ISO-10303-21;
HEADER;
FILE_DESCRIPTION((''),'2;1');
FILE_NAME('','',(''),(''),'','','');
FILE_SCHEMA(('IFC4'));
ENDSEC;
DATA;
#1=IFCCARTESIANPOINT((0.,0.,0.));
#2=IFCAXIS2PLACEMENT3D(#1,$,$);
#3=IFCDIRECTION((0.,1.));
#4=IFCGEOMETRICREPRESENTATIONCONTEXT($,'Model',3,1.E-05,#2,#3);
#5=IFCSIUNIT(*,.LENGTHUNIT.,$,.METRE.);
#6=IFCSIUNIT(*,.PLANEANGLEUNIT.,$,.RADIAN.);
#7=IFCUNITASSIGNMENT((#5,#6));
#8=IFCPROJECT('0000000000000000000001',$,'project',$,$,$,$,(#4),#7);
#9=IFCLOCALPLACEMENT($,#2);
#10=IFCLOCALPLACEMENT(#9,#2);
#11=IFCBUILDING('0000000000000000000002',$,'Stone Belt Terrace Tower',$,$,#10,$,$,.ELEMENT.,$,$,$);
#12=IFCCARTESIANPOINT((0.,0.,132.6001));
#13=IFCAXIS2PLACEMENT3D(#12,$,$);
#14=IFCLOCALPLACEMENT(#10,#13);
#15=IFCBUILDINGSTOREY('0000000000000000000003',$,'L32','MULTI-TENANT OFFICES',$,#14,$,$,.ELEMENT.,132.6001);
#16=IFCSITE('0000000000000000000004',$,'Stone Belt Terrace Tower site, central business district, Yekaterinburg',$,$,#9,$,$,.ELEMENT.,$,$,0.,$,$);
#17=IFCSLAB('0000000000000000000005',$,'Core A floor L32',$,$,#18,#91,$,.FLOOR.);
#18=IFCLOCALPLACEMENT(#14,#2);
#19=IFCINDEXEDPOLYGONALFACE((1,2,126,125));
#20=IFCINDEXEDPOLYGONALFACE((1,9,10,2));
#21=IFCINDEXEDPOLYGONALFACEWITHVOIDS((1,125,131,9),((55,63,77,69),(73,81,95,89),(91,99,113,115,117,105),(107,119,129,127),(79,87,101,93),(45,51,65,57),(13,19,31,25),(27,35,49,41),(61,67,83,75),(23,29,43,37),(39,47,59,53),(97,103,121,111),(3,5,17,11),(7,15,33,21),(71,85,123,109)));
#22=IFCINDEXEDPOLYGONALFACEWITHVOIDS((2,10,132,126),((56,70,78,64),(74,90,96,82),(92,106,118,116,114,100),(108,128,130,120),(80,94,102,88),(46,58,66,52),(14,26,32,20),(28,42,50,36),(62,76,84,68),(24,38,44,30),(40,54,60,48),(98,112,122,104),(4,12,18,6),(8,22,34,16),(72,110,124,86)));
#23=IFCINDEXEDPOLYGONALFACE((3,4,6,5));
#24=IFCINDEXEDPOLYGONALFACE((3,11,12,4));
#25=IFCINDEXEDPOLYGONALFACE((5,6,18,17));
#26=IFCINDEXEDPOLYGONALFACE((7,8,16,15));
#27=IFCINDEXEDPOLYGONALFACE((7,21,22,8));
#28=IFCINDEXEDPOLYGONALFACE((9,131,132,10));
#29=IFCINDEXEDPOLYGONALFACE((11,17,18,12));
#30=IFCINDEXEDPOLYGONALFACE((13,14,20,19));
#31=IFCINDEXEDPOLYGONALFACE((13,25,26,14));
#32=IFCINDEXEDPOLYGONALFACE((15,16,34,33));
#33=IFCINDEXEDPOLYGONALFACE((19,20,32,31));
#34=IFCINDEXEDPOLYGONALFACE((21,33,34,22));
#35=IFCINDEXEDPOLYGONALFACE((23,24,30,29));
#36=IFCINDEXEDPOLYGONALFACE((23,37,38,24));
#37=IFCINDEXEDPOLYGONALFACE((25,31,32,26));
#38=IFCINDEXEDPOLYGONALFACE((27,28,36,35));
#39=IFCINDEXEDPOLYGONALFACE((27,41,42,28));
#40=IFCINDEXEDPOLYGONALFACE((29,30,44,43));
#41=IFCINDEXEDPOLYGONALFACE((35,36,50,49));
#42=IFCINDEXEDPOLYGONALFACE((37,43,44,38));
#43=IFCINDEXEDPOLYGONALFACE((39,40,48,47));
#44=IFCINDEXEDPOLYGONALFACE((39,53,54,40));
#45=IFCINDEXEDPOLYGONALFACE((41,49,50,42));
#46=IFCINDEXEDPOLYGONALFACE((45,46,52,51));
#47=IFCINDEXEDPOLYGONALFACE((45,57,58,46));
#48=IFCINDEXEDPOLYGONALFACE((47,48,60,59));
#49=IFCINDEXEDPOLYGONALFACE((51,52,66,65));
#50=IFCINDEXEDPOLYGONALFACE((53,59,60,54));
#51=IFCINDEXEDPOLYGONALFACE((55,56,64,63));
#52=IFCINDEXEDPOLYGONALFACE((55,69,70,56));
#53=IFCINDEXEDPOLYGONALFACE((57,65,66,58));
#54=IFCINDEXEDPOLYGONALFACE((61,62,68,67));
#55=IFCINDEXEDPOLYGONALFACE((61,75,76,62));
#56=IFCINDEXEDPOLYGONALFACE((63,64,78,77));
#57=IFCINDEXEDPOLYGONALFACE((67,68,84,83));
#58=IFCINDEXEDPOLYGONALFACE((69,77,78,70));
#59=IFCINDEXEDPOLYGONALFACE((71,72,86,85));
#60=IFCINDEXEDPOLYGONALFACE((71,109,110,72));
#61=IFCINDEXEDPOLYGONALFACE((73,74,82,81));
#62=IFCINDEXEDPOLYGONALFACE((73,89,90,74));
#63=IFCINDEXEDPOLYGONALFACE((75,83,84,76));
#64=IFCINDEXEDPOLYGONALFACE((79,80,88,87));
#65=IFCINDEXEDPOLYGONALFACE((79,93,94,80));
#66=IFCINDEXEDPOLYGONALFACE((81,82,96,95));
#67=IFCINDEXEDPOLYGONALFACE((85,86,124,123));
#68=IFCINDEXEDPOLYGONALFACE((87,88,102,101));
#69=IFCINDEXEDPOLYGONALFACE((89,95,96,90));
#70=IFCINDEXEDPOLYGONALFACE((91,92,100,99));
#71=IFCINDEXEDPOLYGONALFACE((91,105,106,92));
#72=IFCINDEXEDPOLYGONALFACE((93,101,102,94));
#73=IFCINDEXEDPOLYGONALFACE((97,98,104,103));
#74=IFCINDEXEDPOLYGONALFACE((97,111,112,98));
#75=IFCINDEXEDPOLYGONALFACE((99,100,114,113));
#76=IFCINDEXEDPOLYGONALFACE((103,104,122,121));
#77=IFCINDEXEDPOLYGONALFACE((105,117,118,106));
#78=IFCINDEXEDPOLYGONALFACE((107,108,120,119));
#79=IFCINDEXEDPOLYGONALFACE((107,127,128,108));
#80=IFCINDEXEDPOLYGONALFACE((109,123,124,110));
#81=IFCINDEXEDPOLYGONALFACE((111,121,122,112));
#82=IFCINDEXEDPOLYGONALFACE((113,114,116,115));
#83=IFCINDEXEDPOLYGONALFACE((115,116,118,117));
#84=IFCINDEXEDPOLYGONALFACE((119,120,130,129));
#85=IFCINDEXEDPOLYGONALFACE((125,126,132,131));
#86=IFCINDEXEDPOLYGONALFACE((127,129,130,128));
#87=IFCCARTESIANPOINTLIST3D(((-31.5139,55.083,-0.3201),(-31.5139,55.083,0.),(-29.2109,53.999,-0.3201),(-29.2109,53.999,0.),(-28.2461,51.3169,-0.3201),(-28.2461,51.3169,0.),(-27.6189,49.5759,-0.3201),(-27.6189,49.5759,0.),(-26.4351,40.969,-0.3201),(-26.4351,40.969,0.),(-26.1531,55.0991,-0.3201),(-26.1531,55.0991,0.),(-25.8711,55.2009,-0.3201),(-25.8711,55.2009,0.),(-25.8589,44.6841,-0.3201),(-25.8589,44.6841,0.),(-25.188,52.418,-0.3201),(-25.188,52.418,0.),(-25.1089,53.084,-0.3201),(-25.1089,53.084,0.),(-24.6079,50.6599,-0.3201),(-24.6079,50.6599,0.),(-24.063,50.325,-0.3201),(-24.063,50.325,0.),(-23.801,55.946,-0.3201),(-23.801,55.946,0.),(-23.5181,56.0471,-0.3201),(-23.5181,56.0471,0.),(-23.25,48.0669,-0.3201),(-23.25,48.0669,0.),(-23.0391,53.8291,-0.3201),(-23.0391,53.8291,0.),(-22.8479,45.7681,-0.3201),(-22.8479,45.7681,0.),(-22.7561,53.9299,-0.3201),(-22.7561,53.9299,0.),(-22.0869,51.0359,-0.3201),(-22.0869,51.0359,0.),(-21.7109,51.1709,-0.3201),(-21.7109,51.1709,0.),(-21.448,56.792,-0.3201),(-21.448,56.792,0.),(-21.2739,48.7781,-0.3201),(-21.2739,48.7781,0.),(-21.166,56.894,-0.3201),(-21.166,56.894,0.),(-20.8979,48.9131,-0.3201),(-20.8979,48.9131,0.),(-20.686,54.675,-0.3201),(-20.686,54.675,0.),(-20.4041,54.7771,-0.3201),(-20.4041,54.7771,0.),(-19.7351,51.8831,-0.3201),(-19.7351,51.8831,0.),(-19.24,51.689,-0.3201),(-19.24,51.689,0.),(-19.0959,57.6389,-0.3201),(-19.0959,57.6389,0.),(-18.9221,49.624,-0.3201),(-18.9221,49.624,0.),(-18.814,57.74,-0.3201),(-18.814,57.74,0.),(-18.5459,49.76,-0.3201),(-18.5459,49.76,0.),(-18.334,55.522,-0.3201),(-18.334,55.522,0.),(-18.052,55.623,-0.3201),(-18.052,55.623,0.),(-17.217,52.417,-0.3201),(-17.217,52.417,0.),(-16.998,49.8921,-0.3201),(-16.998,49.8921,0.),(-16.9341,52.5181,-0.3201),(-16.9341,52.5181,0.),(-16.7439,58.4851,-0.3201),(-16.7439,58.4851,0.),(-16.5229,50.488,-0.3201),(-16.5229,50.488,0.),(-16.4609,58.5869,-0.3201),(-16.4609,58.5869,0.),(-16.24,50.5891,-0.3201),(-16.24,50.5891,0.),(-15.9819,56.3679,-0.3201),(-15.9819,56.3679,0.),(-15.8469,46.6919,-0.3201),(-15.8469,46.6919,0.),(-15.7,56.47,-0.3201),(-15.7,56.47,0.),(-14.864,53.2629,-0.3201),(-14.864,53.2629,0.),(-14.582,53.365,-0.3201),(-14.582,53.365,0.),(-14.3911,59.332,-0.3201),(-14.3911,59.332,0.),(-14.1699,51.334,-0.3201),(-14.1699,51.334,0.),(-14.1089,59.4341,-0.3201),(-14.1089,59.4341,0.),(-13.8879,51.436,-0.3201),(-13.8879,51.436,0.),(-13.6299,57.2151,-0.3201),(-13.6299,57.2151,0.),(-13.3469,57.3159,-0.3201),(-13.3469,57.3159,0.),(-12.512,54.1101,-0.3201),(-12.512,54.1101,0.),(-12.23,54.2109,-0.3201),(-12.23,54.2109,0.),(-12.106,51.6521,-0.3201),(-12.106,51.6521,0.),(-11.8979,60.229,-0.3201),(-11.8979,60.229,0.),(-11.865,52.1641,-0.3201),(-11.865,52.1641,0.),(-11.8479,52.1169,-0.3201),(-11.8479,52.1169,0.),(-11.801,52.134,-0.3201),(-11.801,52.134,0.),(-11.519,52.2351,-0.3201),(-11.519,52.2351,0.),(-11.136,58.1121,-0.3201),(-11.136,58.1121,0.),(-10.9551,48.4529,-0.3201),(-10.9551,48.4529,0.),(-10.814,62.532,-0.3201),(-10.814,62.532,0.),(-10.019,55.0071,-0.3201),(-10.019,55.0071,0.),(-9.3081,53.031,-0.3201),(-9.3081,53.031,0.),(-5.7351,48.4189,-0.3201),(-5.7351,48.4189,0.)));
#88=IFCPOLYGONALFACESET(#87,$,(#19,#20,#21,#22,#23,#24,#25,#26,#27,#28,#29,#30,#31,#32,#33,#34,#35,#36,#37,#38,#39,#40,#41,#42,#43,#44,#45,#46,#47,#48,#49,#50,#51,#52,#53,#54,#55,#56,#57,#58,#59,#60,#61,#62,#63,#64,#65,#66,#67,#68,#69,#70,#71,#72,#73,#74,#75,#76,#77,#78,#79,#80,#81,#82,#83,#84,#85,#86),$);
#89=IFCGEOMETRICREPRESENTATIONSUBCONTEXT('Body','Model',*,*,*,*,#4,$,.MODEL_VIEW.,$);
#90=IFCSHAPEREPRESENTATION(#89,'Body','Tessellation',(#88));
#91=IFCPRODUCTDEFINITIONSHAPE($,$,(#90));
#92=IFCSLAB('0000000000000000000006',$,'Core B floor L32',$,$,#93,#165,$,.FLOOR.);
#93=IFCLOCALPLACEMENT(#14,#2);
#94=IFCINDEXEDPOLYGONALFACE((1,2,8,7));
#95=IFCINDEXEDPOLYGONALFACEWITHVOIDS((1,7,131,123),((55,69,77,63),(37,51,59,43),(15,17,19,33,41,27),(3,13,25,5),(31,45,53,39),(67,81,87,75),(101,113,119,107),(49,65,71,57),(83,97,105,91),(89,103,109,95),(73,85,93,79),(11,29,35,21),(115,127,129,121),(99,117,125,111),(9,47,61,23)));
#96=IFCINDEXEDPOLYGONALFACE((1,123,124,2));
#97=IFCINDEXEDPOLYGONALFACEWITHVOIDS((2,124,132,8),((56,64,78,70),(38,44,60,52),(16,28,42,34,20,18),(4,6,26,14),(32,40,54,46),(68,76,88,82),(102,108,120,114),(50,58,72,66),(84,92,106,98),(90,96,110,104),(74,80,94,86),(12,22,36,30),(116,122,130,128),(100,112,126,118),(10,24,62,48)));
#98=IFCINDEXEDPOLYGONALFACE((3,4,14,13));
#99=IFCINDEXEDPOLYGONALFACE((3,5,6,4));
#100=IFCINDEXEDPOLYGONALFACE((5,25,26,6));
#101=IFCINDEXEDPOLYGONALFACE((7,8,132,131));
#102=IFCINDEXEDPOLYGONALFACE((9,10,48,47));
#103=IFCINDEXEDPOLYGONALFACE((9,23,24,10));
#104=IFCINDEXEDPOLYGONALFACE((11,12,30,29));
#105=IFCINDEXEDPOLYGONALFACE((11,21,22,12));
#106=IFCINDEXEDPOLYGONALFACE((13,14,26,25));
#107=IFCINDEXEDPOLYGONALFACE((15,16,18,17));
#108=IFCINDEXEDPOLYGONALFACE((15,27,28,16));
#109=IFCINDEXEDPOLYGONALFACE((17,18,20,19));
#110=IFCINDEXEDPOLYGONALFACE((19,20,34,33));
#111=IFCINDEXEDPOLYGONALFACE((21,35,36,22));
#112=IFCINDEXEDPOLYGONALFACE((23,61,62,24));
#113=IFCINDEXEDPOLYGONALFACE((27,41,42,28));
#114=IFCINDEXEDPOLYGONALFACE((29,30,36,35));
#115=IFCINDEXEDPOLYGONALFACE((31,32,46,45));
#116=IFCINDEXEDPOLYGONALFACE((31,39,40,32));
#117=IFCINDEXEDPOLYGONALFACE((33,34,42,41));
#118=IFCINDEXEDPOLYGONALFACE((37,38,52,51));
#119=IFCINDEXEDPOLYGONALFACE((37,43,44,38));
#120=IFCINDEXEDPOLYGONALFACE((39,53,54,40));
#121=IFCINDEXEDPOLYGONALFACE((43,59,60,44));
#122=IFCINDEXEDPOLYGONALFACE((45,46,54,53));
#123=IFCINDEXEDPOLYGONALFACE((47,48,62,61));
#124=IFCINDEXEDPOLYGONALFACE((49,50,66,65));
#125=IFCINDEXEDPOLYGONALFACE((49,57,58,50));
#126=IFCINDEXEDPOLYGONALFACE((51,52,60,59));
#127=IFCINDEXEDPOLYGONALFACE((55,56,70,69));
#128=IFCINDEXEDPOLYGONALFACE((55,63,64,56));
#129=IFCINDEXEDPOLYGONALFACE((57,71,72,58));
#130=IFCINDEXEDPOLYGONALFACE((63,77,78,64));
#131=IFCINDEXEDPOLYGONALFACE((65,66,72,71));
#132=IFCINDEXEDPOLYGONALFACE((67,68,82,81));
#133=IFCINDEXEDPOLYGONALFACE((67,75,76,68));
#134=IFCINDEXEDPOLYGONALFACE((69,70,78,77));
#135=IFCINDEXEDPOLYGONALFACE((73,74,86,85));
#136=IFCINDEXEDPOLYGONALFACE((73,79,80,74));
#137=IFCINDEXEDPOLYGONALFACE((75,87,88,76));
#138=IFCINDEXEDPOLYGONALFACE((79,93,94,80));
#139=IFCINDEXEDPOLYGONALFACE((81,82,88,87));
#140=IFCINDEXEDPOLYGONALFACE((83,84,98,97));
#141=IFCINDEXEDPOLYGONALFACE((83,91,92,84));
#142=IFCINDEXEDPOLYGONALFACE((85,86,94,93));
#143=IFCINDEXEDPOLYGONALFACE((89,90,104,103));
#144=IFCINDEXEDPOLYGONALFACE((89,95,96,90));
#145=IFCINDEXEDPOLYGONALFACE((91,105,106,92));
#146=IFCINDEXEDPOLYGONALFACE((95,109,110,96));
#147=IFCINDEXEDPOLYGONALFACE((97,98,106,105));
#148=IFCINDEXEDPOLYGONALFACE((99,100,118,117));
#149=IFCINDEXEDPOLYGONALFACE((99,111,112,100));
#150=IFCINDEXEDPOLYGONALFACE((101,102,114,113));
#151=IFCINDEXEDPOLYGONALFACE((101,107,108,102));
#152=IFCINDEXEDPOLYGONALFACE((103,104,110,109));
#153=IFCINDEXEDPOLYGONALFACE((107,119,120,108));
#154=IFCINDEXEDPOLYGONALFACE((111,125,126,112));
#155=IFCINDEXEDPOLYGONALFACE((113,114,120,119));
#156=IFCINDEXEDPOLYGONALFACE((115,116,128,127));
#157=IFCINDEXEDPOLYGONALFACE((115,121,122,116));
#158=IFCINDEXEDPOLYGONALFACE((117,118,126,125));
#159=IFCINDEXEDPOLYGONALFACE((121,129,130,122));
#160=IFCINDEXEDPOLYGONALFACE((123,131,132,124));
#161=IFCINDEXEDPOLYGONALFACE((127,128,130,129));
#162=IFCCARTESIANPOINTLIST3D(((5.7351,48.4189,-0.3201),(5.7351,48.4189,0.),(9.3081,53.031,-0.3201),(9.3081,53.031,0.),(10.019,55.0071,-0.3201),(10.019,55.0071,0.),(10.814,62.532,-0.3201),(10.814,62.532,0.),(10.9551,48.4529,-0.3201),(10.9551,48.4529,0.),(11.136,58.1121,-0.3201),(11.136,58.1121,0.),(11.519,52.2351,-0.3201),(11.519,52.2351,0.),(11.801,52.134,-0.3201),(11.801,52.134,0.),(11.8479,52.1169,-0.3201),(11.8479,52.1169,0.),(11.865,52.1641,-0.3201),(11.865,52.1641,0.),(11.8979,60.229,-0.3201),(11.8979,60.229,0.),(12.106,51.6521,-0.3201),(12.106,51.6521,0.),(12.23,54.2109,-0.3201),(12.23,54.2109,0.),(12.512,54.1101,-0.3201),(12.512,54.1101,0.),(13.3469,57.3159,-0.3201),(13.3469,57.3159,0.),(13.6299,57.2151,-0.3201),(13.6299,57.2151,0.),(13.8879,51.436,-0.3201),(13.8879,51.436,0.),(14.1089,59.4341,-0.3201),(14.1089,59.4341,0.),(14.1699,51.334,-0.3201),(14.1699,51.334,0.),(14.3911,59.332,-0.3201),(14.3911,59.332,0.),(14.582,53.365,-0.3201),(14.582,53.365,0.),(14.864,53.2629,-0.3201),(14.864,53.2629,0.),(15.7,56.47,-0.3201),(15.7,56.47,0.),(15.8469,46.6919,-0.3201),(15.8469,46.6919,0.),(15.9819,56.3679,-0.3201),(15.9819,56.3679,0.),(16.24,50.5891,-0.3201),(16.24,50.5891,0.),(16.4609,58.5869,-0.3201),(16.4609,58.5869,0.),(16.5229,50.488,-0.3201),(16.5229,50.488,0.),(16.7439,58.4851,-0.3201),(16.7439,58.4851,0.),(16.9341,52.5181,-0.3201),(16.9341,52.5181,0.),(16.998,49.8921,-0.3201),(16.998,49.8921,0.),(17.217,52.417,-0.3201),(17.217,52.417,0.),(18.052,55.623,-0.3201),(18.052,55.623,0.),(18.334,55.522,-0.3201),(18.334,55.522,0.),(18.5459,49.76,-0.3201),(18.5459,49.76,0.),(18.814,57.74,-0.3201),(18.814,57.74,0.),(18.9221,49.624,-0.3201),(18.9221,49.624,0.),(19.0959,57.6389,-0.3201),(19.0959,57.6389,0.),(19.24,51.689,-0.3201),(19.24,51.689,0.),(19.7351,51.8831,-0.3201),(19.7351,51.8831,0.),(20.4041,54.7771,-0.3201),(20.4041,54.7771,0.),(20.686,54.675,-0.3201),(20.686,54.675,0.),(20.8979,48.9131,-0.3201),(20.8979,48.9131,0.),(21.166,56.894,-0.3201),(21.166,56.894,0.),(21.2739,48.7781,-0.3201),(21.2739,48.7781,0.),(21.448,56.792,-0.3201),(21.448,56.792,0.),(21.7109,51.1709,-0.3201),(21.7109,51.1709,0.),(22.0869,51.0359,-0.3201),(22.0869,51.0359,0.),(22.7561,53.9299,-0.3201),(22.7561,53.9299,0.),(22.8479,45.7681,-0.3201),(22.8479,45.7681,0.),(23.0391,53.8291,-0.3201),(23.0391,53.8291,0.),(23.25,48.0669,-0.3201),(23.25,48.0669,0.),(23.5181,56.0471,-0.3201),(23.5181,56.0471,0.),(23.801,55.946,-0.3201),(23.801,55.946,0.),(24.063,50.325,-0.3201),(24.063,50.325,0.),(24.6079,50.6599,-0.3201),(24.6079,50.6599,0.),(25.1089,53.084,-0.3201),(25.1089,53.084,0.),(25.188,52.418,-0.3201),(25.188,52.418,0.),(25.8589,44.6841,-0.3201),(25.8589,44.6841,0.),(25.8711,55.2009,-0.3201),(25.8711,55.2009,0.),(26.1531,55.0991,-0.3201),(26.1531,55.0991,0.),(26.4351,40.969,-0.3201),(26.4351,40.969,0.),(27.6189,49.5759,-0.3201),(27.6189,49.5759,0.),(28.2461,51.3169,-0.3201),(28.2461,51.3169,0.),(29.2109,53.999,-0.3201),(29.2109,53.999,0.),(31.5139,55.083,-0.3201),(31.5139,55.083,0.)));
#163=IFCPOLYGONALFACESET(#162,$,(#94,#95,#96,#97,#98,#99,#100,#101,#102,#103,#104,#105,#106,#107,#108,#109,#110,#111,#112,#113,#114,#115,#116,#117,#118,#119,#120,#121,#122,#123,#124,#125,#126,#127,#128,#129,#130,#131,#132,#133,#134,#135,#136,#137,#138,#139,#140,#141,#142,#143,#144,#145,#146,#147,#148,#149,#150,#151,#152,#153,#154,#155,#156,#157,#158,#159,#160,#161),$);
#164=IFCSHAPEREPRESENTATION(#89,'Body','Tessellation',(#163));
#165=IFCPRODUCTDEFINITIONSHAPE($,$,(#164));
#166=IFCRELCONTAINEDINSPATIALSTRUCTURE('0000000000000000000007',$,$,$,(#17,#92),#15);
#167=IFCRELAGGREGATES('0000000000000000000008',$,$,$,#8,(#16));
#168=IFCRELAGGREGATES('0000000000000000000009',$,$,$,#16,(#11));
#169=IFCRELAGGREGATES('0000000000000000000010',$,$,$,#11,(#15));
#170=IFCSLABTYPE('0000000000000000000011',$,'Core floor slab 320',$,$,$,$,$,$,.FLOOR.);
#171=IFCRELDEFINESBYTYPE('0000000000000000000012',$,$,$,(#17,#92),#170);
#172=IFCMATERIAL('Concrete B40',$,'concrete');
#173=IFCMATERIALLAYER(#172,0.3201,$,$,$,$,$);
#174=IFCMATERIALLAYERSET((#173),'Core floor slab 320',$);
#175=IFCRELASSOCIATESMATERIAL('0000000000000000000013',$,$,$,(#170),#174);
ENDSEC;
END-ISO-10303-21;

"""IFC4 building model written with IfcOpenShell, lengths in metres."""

from ifc_helpers import new_model, si_unit, direction, frame, origin, place, context, subcontext, project, spatial, polyline, outline, extrude, material, layer, layer_set, type_object, element, save


model = new_model("IFC4")

# Units and contexts
model_context = context("Model", 3, precision=1e-05, world=origin(), true_north=direction((0.0, 1.0)))
body_context = subcontext(model_context, "Body", "Model", "MODEL_VIEW")
ifc_project = project(units=[si_unit("LENGTHUNIT", "METRE"), si_unit("PLANEANGLEUNIT", "RADIAN")], contexts=[model_context])

# Site, building, storey
site_placement = place(None, origin())
site = spatial("IfcSite", under=ifc_project, at=site_placement, Name="Stone Belt Terrace Tower site, central business district, Yekaterinburg", CompositionType="ELEMENT", RefElevation=0.0)
building_placement = place(site_placement, origin())
building = spatial("IfcBuilding", under=site, at=building_placement, Name="Stone Belt Terrace Tower", CompositionType="ELEMENT")
storey_placement = place(building_placement, frame((0.0, 0.0, 132.6001)))
storey = spatial("IfcBuildingStorey", under=building, at=storey_placement, Name="L32", Description="MULTI-TENANT OFFICES", CompositionType="ELEMENT", Elevation=132.6001)

# Slabs
ifc_material_1 = material(Name="Concrete B40", Category="concrete")
ifc_layer_1 = layer(ifc_material_1, 0.3201)
ifc_layer_set_1 = layer_set([ifc_layer_1], Name="Core floor slab 320")
slab_type_1 = type_object("IfcSlabType", Name="Core floor slab 320", PredefinedType="FLOOR", material=ifc_layer_set_1)
slab_1_placement = place(storey_placement, frame((0.0, 0.0, -0.3201)))
element("IfcSlab", 1, at=slab_1_placement, inside=storey, type_object=slab_type_1, Name="Core A floor L32", PredefinedType="FLOOR", context=body_context, shape_type="SweptSolid", body=[
    extrude(outline(polyline([(-26.4351, 40.969), (-5.7351, 48.4189), (-10.814, 62.532), (-31.5139, 55.083), (-26.4351, 40.969)]), holes=[polyline([(-24.6079, 50.6599), (-22.8479, 45.7681), (-25.8589, 44.6841), (-27.6189, 49.5759), (-24.6079, 50.6599)]), polyline([(-21.2739, 48.7781), (-23.25, 48.0669), (-24.063, 50.325), (-22.0869, 51.0359), (-21.2739, 48.7781)]), polyline([(-18.9221, 49.624), (-20.8979, 48.9131), (-21.7109, 51.1709), (-19.7351, 51.8831), (-18.9221, 49.624)]), polyline([(-19.24, 51.689), (-17.217, 52.417), (-16.5229, 50.488), (-18.5459, 49.76), (-19.24, 51.689)]), polyline([(-29.2109, 53.999), (-26.1531, 55.0991), (-25.188, 52.418), (-28.2461, 51.3169), (-29.2109, 53.999)]), polyline([(-23.801, 55.946), (-23.0391, 53.8291), (-25.1089, 53.084), (-25.8711, 55.2009), (-23.801, 55.946)]), polyline([(-21.448, 56.792), (-20.686, 54.675), (-22.7561, 53.9299), (-23.5181, 56.0471), (-21.448, 56.792)]), polyline([(-19.0959, 57.6389), (-18.334, 55.522), (-20.4041, 54.7771), (-21.166, 56.894), (-19.0959, 57.6389)]), polyline([(-15.8469, 46.6919), (-16.998, 49.8921), (-12.106, 51.6521), (-10.9551, 48.4529), (-15.8469, 46.6919)]), polyline([(-16.24, 50.5891), (-16.9341, 52.5181), (-14.864, 53.2629), (-14.1699, 51.334), (-16.24, 50.5891)]), polyline([(-11.801, 52.134), (-11.8479, 52.1169), (-11.865, 52.1641), (-13.8879, 51.436), (-14.582, 53.365), (-12.512, 54.1101), (-11.801, 52.134)]), polyline([(-9.3081, 53.031), (-11.519, 52.2351), (-12.23, 54.2109), (-10.019, 55.0071), (-9.3081, 53.031)]), polyline([(-16.7439, 58.4851), (-15.9819, 56.3679), (-18.052, 55.623), (-18.814, 57.74), (-16.7439, 58.4851)]), polyline([(-14.3911, 59.332), (-13.6299, 57.2151), (-15.7, 56.47), (-16.4609, 58.5869), (-14.3911, 59.332)]), polyline([(-11.8979, 60.229), (-11.136, 58.1121), (-13.3469, 57.3159), (-14.1089, 59.4341), (-11.8979, 60.229)])]), origin(), (0.0, 0.0, 1.0), 0.3201),
])
slab_2_placement = place(storey_placement, frame((0.0, 0.0, -0.3201)))
element("IfcSlab", 2, at=slab_2_placement, inside=storey, type_object=slab_type_1, Name="Core B floor L32", PredefinedType="FLOOR", context=body_context, shape_type="SweptSolid", body=[
    extrude(outline(polyline([(26.4351, 40.969), (31.5139, 55.083), (10.814, 62.532), (5.7351, 48.4189), (26.4351, 40.969)]), holes=[polyline([(12.106, 51.6521), (16.998, 49.8921), (15.8469, 46.6919), (10.9551, 48.4529), (12.106, 51.6521)]), polyline([(19.24, 51.689), (18.5459, 49.76), (16.5229, 50.488), (17.217, 52.417), (19.24, 51.689)]), polyline([(16.24, 50.5891), (14.1699, 51.334), (14.864, 53.2629), (16.9341, 52.5181), (16.24, 50.5891)]), polyline([(14.582, 53.365), (13.8879, 51.436), (11.865, 52.1641), (11.8479, 52.1169), (11.801, 52.134), (12.512, 54.1101), (14.582, 53.365)]), polyline([(9.3081, 53.031), (10.019, 55.0071), (12.23, 54.2109), (11.519, 52.2351), (9.3081, 53.031)]), polyline([(16.7439, 58.4851), (18.814, 57.74), (18.052, 55.623), (15.9819, 56.3679), (16.7439, 58.4851)]), polyline([(14.3911, 59.332), (16.4609, 58.5869), (15.7, 56.47), (13.6299, 57.2151), (14.3911, 59.332)]), polyline([(11.8979, 60.229), (14.1089, 59.4341), (13.3469, 57.3159), (11.136, 58.1121), (11.8979, 60.229)]), polyline([(25.8589, 44.6841), (22.8479, 45.7681), (24.6079, 50.6599), (27.6189, 49.5759), (25.8589, 44.6841)]), polyline([(21.2739, 48.7781), (22.0869, 51.0359), (24.063, 50.325), (23.25, 48.0669), (21.2739, 48.7781)]), polyline([(18.9221, 49.624), (19.7351, 51.8831), (21.7109, 51.1709), (20.8979, 48.9131), (18.9221, 49.624)]), polyline([(29.2109, 53.999), (28.2461, 51.3169), (25.188, 52.418), (26.1531, 55.0991), (29.2109, 53.999)]), polyline([(23.801, 55.946), (25.8711, 55.2009), (25.1089, 53.084), (23.0391, 53.8291), (23.801, 55.946)]), polyline([(21.448, 56.792), (23.5181, 56.0471), (22.7561, 53.9299), (20.686, 54.675), (21.448, 56.792)]), polyline([(19.0959, 57.6389), (21.166, 56.894), (20.4041, 54.7771), (18.334, 55.522), (19.0959, 57.6389)])]), origin(), (0.0, 0.0, 1.0), 0.3201),
])

save(model, "model.ifc")
